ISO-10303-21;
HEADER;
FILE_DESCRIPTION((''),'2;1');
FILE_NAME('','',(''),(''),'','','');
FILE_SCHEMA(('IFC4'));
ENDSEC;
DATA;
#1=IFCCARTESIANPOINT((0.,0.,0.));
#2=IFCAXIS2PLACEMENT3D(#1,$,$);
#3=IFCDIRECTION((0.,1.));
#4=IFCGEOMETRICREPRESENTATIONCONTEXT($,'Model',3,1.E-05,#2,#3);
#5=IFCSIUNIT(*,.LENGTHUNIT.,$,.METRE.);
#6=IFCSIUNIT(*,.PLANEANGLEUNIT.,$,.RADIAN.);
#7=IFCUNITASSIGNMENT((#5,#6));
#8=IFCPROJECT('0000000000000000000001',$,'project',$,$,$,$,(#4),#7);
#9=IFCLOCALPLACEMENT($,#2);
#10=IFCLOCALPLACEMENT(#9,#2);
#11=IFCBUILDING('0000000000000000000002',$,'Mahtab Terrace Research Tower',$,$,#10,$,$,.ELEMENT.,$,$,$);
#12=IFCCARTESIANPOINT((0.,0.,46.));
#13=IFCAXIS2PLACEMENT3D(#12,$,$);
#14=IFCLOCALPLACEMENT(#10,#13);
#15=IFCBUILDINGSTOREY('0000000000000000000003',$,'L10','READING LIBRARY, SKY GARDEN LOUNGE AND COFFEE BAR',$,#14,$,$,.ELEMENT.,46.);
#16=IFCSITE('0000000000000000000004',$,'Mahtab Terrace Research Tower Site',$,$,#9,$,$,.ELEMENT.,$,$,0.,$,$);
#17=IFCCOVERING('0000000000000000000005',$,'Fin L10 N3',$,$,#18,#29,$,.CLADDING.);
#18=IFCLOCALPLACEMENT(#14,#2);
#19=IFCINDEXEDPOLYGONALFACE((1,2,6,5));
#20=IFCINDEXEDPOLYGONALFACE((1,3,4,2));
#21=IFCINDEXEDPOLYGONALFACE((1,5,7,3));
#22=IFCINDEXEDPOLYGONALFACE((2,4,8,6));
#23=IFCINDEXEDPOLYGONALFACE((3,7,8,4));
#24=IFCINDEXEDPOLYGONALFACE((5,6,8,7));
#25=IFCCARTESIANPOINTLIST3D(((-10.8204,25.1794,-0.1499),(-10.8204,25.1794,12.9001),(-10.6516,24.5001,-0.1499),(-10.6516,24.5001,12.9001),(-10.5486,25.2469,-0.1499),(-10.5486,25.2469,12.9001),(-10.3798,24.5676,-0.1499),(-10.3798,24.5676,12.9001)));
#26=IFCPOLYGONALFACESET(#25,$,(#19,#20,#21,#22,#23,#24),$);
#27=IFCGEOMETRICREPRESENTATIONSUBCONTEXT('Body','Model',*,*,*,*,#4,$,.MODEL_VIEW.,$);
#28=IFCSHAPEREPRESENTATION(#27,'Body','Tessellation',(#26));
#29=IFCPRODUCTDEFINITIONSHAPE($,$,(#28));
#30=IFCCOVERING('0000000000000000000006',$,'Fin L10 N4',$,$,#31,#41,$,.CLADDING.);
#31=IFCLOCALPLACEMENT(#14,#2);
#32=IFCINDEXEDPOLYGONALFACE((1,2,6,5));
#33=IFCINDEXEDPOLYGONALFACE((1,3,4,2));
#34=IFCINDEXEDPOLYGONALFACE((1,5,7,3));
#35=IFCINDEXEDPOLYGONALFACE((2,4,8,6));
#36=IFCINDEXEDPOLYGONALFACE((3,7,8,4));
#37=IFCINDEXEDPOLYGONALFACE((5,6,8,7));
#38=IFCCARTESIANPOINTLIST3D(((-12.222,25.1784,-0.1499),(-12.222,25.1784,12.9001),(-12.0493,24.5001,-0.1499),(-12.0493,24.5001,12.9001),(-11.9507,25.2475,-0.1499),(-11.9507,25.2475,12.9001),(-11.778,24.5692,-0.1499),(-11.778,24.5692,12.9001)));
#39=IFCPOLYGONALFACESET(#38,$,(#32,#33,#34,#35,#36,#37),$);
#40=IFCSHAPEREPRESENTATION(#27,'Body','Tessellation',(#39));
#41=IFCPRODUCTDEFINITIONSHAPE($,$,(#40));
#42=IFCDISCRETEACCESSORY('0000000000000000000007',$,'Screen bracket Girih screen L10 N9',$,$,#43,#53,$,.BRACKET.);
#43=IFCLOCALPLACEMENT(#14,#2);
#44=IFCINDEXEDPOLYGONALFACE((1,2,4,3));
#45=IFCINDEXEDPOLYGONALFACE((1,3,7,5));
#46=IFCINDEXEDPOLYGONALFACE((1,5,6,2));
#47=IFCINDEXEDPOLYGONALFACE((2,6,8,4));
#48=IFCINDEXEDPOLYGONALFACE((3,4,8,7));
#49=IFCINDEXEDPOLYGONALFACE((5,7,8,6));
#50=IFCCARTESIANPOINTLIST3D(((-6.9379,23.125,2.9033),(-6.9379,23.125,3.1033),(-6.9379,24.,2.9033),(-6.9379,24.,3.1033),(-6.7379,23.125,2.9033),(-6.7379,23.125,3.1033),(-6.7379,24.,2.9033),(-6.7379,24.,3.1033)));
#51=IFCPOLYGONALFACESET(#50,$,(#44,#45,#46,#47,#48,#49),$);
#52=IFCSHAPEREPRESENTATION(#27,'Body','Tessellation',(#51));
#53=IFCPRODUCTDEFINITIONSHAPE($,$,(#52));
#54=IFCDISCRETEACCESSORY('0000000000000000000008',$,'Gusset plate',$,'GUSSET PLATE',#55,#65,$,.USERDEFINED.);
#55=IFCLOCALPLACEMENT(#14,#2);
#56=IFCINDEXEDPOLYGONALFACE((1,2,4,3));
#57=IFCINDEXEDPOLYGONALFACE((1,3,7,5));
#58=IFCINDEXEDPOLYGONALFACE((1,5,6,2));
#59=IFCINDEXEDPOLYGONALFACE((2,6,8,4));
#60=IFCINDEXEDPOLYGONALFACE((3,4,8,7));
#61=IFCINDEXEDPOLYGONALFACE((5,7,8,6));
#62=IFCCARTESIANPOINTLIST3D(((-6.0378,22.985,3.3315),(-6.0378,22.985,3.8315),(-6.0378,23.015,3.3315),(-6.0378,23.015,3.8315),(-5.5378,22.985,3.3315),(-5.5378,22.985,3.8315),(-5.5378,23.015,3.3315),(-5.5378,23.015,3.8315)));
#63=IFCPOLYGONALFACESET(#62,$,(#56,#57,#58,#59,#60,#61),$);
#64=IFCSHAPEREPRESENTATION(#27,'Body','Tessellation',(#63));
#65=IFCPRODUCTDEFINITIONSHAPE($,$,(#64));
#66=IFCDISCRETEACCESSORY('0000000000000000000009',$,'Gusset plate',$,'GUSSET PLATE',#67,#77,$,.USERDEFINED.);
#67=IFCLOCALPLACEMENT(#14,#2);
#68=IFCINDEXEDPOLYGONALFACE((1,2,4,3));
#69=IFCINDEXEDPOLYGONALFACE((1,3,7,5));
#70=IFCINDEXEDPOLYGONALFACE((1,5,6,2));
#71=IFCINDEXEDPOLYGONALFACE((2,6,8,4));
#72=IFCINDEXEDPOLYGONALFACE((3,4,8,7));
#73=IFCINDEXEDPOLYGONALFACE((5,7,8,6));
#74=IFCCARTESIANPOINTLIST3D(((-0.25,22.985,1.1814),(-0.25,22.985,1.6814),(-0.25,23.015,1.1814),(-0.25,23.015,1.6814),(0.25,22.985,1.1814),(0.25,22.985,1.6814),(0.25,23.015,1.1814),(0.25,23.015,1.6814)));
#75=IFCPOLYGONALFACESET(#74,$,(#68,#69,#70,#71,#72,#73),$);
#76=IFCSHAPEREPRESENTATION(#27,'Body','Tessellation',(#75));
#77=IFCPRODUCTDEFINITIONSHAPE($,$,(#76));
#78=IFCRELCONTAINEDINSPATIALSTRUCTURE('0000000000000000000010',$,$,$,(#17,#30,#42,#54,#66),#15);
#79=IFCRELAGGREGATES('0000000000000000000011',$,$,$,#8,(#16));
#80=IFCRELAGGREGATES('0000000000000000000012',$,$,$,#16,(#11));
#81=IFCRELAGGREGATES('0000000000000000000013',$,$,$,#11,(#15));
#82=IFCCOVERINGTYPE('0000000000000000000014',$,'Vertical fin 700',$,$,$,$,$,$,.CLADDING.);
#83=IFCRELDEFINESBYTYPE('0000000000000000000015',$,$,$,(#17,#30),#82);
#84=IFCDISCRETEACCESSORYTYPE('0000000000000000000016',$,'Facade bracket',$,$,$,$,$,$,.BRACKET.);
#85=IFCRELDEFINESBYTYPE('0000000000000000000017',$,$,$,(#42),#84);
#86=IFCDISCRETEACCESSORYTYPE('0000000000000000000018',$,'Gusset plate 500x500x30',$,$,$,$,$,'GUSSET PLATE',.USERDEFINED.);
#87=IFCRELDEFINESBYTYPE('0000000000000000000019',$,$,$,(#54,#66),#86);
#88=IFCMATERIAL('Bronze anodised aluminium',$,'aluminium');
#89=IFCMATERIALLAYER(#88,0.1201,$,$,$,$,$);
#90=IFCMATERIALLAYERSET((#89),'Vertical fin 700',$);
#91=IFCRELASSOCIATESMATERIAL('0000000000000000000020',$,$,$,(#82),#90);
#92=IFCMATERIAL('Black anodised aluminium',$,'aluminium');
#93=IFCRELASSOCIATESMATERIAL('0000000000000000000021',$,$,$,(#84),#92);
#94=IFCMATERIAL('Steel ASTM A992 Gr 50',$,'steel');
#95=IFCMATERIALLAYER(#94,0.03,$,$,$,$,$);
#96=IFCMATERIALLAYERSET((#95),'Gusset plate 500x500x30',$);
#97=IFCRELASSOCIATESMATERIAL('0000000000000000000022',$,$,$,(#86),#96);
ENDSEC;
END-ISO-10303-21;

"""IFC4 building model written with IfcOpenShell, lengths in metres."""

from ifc_helpers import new_model, si_unit, direction, frame, origin, origin_2d, place, context, subcontext, project, spatial, rectangle, extrude, material, layer, layer_set, type_object, element, save


model = new_model("IFC4")

# Units and contexts
model_context = context("Model", 3, precision=1e-05, world=origin(), true_north=direction((0.0, 1.0)))
body_context = subcontext(model_context, "Body", "Model", "MODEL_VIEW")
ifc_project = project(units=[si_unit("LENGTHUNIT", "METRE"), si_unit("PLANEANGLEUNIT", "RADIAN")], contexts=[model_context])

# Site, building, storey
site_placement = place(None, origin())
site = spatial("IfcSite", under=ifc_project, at=site_placement, Name="Mahtab Terrace Research Tower Site", CompositionType="ELEMENT", RefElevation=0.0)
building_placement = place(site_placement, origin())
building = spatial("IfcBuilding", under=site, at=building_placement, Name="Mahtab Terrace Research Tower", CompositionType="ELEMENT")
storey_placement = place(building_placement, frame((0.0, 0.0, 46.0)))
storey = spatial("IfcBuildingStorey", under=building, at=storey_placement, Name="L10", Description="READING LIBRARY, SKY GARDEN LOUNGE AND COFFEE BAR", CompositionType="ELEMENT", Elevation=46.0)

# Shared definitions
ifc_material_1 = material(Name="Steel ASTM A992 Gr 50", Category="steel")

# Coverings
ifc_material_2 = material(Name="Bronze anodised aluminium", Category="aluminium")
ifc_layer_1 = layer(ifc_material_2, 0.1201)
ifc_layer_set_1 = layer_set([ifc_layer_1], Name="Vertical fin 700")
covering_type_1 = type_object("IfcCoveringType", Name="Vertical fin 700", PredefinedType="CLADDING", material=ifc_layer_set_1)
for number, where, z_axis, x_axis, name in (
    (1, (-10.6001, 24.8735, -0.1499), (0.0, 0.0, 1.0), (-0.970496, -0.241115, 0.0), "Fin L10 N3"),
    (2, (-12.0, 24.8738, -0.1499), (0.0, 0.0, 1.0), (-0.969077, -0.246757, 0.0), "Fin L10 N4"),
):
    element("IfcCovering", number, at=place(storey_placement, frame(where, z_axis=z_axis, x_axis=x_axis)), inside=storey, type_object=covering_type_1, Name=name, PredefinedType="CLADDING", context=body_context, shape_type="SweptSolid", body=[
        extrude(rectangle(XDim=0.28, YDim=0.7, at=origin_2d()), origin(), (0.0, 0.0, 1.0), 13.05),
    ])

# Discrete accessories
ifc_material_3 = material(Name="Black anodised aluminium", Category="aluminium")
discrete_accessory_type_1 = type_object("IfcDiscreteAccessoryType", Name="Facade bracket", PredefinedType="BRACKET", material=ifc_material_3)
discrete_accessory_placement = place(storey_placement, frame((-6.8379, 23.5625, 2.9033), z_axis=(0.0, 0.0, 1.0), x_axis=(-1.0, 0.0, 0.0)))
element("IfcDiscreteAccessory", 3, at=discrete_accessory_placement, inside=storey, type_object=discrete_accessory_type_1, Name="Screen bracket Girih screen L10 N9", PredefinedType="BRACKET", context=body_context, shape_type="SweptSolid", body=[
    extrude(rectangle(XDim=0.2, YDim=0.875, at=origin_2d()), origin(), (0.0, 0.0, 1.0), 0.2),
])
ifc_layer_2 = layer(ifc_material_1, 0.03)
ifc_layer_set_2 = layer_set([ifc_layer_2], Name="Gusset plate 500x500x30")
discrete_accessory_type_2 = type_object("IfcDiscreteAccessoryType", Name="Gusset plate 500x500x30", ElementType="GUSSET PLATE", PredefinedType="USERDEFINED", material=ifc_layer_set_2)
for number, where, z_axis, x_axis, name in (
    (4, (-5.7878, 23.0, 3.3315), (0.0, 0.0, 1.0), (1.0, 0.0, 0.0), "Gusset plate"),
    (5, (0.0, 23.0, 1.1814), (0.0, 0.0, 1.0), (1.0, 0.0, 0.0), "Gusset plate"),
):
    element("IfcDiscreteAccessory", number, at=place(storey_placement, frame(where, z_axis=z_axis, x_axis=x_axis)), inside=storey, type_object=discrete_accessory_type_2, Name=name, ObjectType="GUSSET PLATE", PredefinedType="USERDEFINED", context=body_context, shape_type="SweptSolid", body=[
        extrude(rectangle(XDim=0.5, YDim=0.03, at=origin_2d()), origin(), (0.0, 0.0, 1.0), 0.5),
    ])

save(model, "model.ifc")
